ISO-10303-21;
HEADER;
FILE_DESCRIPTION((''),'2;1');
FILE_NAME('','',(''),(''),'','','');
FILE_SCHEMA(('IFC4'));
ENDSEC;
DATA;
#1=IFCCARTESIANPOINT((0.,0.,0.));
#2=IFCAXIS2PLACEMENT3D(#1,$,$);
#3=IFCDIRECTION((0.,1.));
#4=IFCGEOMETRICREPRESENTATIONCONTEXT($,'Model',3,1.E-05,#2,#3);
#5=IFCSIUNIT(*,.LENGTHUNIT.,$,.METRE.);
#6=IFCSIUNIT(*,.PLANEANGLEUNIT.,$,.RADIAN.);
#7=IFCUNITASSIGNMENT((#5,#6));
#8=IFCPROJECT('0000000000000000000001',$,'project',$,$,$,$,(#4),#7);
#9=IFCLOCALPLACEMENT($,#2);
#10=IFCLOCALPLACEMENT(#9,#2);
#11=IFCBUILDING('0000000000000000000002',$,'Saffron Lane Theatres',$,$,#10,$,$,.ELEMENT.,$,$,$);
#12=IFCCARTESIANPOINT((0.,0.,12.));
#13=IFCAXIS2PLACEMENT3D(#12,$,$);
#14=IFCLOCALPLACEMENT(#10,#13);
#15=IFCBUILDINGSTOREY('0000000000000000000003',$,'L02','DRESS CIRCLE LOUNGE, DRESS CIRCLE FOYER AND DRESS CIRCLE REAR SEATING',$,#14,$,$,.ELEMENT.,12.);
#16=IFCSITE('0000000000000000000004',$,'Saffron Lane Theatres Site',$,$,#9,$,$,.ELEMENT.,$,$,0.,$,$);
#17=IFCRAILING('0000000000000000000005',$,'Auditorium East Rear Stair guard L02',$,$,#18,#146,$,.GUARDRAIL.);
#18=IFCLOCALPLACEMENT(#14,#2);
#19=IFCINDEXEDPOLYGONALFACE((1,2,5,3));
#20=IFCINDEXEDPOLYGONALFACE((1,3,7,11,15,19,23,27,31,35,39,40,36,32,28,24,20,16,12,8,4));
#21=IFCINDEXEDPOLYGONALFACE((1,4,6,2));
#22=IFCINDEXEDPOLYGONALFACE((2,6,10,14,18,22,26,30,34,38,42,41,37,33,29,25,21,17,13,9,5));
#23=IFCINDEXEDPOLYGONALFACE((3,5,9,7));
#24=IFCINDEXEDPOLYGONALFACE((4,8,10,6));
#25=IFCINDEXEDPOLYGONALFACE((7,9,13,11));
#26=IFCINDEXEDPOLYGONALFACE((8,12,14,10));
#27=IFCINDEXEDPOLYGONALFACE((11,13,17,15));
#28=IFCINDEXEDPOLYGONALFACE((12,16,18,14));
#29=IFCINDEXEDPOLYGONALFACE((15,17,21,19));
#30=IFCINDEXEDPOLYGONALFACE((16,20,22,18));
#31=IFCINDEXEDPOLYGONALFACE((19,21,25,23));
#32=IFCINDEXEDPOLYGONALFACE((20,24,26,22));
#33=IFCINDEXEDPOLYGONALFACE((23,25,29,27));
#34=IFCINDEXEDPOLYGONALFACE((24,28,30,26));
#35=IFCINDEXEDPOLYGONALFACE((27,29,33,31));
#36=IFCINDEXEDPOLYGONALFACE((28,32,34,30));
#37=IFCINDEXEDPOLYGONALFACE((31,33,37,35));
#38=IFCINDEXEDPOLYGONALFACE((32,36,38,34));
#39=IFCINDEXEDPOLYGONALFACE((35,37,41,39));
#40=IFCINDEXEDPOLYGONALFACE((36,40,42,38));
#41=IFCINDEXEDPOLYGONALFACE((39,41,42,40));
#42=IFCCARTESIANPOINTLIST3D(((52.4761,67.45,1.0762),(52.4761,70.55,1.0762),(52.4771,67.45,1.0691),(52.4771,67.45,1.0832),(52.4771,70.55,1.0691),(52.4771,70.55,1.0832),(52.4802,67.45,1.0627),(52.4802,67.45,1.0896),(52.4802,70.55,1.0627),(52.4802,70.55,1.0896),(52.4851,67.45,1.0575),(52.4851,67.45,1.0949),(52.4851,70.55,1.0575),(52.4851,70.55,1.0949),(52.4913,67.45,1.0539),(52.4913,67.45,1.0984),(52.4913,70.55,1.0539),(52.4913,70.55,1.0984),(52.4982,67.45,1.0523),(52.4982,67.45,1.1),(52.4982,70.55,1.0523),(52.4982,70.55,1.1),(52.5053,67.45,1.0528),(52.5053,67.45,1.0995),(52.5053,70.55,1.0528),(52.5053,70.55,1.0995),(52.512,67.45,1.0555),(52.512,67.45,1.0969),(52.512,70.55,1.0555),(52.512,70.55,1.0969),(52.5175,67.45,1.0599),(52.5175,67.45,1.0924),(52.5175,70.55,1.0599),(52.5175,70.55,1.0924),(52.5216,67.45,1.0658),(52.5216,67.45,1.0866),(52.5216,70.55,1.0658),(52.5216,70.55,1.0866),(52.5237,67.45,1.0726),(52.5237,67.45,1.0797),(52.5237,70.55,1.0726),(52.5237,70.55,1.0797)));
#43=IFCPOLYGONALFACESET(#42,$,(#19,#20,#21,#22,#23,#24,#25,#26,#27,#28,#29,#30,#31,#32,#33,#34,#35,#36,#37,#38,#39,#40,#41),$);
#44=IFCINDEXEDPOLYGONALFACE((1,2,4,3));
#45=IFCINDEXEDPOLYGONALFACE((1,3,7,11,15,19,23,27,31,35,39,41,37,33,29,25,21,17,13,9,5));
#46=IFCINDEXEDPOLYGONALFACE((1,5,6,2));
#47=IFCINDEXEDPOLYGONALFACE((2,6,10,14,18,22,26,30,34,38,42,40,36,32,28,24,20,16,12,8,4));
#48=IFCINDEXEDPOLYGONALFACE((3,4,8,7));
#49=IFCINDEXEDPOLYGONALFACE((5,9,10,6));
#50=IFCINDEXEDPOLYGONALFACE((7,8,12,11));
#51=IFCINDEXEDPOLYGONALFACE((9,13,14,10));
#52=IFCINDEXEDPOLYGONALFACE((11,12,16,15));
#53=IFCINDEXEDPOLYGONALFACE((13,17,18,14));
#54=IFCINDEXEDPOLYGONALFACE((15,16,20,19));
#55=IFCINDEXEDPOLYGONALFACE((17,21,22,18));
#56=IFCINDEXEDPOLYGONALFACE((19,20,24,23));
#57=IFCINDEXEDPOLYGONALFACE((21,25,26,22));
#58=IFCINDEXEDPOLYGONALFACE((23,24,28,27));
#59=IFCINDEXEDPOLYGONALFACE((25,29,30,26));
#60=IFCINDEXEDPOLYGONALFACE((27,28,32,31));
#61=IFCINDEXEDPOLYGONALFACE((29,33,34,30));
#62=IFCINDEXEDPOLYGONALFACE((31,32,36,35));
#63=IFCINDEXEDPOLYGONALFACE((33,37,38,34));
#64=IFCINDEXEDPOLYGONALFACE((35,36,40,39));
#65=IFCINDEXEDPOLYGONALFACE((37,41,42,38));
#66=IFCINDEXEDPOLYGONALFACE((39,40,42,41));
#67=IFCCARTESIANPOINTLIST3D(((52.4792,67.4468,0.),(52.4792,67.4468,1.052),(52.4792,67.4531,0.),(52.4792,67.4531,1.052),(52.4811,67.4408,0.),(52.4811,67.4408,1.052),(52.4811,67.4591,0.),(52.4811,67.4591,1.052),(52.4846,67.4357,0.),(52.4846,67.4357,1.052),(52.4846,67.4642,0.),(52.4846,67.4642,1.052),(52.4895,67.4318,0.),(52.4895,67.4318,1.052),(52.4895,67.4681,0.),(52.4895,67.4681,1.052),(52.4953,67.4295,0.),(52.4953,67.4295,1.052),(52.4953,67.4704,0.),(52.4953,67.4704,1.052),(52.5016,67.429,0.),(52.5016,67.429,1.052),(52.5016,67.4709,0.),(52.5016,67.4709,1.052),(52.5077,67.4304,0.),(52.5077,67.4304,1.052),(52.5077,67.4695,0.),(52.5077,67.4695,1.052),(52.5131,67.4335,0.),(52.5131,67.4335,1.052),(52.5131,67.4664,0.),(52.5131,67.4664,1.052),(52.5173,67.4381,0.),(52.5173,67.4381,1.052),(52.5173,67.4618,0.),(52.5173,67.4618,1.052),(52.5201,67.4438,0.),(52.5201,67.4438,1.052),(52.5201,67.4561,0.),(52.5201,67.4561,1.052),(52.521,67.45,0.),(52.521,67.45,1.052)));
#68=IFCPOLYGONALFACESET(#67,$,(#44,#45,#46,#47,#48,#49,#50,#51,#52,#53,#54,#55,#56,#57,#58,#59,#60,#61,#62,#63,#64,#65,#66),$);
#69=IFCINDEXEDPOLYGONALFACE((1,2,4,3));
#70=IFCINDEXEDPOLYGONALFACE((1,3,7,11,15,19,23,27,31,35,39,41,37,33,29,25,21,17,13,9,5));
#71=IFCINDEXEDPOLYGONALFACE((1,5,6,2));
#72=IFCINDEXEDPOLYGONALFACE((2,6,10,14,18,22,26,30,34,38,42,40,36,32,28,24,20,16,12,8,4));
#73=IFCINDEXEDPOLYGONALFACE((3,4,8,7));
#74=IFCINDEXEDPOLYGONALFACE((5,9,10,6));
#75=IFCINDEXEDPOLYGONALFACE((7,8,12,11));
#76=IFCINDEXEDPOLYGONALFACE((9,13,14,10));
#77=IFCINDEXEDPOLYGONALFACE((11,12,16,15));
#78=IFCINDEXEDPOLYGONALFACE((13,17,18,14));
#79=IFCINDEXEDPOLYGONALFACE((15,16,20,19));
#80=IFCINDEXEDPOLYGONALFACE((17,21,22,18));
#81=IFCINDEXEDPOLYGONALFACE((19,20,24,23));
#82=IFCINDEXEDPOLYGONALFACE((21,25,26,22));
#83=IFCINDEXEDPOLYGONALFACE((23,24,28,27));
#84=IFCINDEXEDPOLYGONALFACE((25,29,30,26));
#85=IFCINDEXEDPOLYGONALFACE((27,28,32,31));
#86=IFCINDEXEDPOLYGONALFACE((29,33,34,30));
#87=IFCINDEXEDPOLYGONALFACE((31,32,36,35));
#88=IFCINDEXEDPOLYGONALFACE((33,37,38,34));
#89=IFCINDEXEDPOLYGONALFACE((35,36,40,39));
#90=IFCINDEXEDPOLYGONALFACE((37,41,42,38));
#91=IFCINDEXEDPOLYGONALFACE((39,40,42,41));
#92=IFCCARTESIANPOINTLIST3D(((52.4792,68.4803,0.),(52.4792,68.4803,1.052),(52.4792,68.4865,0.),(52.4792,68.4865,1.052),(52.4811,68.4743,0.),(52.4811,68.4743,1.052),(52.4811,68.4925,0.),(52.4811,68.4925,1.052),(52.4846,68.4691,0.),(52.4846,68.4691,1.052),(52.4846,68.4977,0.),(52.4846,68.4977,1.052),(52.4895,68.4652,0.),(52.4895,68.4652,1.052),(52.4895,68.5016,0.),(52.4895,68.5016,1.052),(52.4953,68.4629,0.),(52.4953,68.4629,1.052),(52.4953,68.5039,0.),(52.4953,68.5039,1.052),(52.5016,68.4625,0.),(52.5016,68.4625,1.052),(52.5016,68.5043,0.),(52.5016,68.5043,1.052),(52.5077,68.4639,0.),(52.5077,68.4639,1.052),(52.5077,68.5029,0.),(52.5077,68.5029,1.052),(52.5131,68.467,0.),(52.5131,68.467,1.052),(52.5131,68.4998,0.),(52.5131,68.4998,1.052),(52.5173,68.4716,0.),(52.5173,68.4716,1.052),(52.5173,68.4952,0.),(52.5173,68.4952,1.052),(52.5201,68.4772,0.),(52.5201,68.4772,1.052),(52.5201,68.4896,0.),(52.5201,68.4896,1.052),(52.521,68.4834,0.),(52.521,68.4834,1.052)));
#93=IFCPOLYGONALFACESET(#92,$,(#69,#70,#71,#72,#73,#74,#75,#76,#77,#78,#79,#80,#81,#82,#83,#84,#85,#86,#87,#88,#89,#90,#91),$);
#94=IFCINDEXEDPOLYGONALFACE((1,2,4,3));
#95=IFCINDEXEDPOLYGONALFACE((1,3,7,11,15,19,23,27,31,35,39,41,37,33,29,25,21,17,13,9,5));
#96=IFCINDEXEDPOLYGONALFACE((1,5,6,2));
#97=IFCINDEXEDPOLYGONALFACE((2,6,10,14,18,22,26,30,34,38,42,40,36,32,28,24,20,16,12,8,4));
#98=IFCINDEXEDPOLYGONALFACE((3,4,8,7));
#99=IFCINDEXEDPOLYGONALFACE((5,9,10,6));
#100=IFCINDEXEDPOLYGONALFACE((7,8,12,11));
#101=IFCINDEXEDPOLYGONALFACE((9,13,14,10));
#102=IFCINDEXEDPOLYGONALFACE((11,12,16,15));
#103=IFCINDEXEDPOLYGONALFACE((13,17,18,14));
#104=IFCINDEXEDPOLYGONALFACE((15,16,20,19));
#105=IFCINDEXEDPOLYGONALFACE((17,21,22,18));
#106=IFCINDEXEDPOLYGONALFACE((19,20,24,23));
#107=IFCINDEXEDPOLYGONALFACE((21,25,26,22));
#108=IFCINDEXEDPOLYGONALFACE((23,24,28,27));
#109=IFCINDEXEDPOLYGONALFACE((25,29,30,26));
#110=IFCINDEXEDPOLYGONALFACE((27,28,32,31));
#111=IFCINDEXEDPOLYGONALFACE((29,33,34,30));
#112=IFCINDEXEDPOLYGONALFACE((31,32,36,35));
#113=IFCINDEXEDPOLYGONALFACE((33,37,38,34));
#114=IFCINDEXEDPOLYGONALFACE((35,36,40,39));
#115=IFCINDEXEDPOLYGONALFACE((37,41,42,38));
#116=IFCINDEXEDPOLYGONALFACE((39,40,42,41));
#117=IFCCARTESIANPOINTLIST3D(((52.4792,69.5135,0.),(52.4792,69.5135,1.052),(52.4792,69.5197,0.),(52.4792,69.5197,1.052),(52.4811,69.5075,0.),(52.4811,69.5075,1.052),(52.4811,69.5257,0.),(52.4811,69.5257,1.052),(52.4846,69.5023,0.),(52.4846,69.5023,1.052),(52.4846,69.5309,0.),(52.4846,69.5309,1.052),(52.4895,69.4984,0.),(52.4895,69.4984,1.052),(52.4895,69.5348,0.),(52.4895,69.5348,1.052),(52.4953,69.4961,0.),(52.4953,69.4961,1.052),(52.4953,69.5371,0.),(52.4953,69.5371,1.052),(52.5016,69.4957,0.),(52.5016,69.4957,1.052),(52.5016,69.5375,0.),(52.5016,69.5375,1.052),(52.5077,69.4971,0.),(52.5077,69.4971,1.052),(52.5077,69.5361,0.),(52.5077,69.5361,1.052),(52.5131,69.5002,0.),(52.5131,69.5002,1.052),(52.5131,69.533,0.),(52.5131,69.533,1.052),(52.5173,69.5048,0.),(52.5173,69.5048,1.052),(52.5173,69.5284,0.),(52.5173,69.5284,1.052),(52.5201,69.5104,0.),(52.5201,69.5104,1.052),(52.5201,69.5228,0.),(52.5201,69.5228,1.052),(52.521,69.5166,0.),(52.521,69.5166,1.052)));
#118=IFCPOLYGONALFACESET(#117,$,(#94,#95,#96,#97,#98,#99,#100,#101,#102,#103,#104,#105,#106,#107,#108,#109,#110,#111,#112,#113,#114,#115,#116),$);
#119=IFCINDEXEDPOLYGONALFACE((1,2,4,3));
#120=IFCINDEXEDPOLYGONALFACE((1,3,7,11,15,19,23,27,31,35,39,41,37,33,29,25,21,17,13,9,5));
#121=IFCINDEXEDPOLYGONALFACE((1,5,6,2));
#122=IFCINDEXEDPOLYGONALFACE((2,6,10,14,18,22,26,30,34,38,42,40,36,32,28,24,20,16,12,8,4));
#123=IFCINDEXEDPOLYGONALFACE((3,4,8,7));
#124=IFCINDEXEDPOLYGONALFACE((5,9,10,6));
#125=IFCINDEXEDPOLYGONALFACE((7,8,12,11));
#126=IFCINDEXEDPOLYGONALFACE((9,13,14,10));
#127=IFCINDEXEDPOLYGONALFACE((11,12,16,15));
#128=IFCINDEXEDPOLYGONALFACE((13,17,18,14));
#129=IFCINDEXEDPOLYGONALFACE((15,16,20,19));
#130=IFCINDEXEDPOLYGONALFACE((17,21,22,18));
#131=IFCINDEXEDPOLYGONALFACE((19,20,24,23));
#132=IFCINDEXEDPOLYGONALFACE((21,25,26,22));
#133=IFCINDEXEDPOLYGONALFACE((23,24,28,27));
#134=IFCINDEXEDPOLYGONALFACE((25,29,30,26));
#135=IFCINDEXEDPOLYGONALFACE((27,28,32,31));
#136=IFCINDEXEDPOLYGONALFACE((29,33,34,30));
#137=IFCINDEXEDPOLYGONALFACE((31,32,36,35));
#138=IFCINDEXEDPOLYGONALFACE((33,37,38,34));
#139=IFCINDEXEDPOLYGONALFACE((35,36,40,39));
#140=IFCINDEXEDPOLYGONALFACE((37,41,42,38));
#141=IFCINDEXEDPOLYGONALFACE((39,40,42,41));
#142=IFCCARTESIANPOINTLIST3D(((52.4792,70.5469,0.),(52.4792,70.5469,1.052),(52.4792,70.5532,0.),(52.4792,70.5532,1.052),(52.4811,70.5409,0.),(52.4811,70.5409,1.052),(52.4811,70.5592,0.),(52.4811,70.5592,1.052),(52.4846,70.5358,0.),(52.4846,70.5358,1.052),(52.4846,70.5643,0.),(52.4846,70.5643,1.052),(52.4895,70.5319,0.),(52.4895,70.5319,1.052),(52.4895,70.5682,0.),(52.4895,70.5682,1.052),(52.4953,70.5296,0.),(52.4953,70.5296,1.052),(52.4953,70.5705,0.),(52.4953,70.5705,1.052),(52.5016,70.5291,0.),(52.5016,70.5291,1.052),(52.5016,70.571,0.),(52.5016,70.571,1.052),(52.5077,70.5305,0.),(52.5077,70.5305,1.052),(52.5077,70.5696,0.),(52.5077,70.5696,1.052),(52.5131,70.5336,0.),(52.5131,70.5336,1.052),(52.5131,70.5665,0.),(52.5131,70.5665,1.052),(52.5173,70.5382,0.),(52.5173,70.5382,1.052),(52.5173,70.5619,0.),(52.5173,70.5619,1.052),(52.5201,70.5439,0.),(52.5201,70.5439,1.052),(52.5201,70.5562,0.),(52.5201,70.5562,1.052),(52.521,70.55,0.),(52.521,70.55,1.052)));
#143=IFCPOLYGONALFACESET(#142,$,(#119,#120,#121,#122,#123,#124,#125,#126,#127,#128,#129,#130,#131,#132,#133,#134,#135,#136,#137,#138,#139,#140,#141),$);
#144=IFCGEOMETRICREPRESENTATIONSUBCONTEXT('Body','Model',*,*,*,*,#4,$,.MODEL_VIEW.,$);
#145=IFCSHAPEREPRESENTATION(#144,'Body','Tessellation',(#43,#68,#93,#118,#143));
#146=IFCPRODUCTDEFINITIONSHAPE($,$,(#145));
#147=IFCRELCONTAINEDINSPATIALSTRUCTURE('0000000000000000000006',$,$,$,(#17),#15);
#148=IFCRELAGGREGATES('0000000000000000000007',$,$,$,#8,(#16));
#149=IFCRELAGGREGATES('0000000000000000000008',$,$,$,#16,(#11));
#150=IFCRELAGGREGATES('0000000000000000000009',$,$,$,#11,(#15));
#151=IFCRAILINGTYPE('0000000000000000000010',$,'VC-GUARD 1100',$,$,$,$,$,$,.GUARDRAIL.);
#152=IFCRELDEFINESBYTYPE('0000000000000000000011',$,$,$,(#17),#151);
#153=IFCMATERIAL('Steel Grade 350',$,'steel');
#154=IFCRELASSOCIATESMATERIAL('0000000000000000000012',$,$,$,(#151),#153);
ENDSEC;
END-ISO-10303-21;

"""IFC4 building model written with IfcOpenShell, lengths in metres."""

from ifc_helpers import new_model, si_unit, direction, frame, origin, origin_2d, place, context, subcontext, project, spatial, circle, extrude, material, type_object, element, save


model = new_model("IFC4")

# Units and contexts
model_context = context("Model", 3, precision=1e-05, world=origin(), true_north=direction((0.0, 1.0)))
body_context = subcontext(model_context, "Body", "Model", "MODEL_VIEW")
ifc_project = project(units=[si_unit("LENGTHUNIT", "METRE"), si_unit("PLANEANGLEUNIT", "RADIAN")], contexts=[model_context])

# Site, building, storey
site_placement = place(None, origin())
site = spatial("IfcSite", under=ifc_project, at=site_placement, Name="Saffron Lane Theatres Site", CompositionType="ELEMENT", RefElevation=0.0)
building_placement = place(site_placement, origin())
building = spatial("IfcBuilding", under=site, at=building_placement, Name="Saffron Lane Theatres", CompositionType="ELEMENT")
storey_placement = place(building_placement, frame((0.0, 0.0, 12.0)))
storey = spatial("IfcBuildingStorey", under=building, at=storey_placement, Name="L02", Description="DRESS CIRCLE LOUNGE, DRESS CIRCLE FOYER AND DRESS CIRCLE REAR SEATING", CompositionType="ELEMENT", Elevation=12.0)

# Railing
ifc_material_1 = material(Name="Steel Grade 350", Category="steel")
railing_type_1 = type_object("IfcRailingType", Name="VC-GUARD 1100", PredefinedType="GUARDRAIL", material=ifc_material_1)
railing_1_placement = place(storey_placement, frame((52.5, 67.45, 0.0)))
element("IfcRailing", 1, at=railing_1_placement, inside=storey, type_object=railing_type_1, Name="Auditorium East Rear Stair guard L02", PredefinedType="GUARDRAIL", context=body_context, shape_type="SweptSolid", body=[
    extrude(circle(Radius=0.0239, at=origin_2d()), frame((0.0, 0.0, 1.0762), z_axis=(0.0, 1.0, 0.0), x_axis=(-1.0, 0.0, 0.0)), (0.0, 0.0, 1.0), 3.1001),
    extrude(circle(Radius=0.021, at=origin_2d()), origin(), (0.0, 0.0, 1.0), 1.052),
    extrude(circle(Radius=0.021, at=origin_2d()), frame((0.0, 1.0334, 0.0)), (0.0, 0.0, 1.0), 1.052),
    extrude(circle(Radius=0.021, at=origin_2d()), frame((0.0, 2.0667, 0.0)), (0.0, 0.0, 1.0), 1.052),
    extrude(circle(Radius=0.021, at=origin_2d()), frame((0.0, 3.1001, 0.0)), (0.0, 0.0, 1.0), 1.052),
])

save(model, "model.ifc")
